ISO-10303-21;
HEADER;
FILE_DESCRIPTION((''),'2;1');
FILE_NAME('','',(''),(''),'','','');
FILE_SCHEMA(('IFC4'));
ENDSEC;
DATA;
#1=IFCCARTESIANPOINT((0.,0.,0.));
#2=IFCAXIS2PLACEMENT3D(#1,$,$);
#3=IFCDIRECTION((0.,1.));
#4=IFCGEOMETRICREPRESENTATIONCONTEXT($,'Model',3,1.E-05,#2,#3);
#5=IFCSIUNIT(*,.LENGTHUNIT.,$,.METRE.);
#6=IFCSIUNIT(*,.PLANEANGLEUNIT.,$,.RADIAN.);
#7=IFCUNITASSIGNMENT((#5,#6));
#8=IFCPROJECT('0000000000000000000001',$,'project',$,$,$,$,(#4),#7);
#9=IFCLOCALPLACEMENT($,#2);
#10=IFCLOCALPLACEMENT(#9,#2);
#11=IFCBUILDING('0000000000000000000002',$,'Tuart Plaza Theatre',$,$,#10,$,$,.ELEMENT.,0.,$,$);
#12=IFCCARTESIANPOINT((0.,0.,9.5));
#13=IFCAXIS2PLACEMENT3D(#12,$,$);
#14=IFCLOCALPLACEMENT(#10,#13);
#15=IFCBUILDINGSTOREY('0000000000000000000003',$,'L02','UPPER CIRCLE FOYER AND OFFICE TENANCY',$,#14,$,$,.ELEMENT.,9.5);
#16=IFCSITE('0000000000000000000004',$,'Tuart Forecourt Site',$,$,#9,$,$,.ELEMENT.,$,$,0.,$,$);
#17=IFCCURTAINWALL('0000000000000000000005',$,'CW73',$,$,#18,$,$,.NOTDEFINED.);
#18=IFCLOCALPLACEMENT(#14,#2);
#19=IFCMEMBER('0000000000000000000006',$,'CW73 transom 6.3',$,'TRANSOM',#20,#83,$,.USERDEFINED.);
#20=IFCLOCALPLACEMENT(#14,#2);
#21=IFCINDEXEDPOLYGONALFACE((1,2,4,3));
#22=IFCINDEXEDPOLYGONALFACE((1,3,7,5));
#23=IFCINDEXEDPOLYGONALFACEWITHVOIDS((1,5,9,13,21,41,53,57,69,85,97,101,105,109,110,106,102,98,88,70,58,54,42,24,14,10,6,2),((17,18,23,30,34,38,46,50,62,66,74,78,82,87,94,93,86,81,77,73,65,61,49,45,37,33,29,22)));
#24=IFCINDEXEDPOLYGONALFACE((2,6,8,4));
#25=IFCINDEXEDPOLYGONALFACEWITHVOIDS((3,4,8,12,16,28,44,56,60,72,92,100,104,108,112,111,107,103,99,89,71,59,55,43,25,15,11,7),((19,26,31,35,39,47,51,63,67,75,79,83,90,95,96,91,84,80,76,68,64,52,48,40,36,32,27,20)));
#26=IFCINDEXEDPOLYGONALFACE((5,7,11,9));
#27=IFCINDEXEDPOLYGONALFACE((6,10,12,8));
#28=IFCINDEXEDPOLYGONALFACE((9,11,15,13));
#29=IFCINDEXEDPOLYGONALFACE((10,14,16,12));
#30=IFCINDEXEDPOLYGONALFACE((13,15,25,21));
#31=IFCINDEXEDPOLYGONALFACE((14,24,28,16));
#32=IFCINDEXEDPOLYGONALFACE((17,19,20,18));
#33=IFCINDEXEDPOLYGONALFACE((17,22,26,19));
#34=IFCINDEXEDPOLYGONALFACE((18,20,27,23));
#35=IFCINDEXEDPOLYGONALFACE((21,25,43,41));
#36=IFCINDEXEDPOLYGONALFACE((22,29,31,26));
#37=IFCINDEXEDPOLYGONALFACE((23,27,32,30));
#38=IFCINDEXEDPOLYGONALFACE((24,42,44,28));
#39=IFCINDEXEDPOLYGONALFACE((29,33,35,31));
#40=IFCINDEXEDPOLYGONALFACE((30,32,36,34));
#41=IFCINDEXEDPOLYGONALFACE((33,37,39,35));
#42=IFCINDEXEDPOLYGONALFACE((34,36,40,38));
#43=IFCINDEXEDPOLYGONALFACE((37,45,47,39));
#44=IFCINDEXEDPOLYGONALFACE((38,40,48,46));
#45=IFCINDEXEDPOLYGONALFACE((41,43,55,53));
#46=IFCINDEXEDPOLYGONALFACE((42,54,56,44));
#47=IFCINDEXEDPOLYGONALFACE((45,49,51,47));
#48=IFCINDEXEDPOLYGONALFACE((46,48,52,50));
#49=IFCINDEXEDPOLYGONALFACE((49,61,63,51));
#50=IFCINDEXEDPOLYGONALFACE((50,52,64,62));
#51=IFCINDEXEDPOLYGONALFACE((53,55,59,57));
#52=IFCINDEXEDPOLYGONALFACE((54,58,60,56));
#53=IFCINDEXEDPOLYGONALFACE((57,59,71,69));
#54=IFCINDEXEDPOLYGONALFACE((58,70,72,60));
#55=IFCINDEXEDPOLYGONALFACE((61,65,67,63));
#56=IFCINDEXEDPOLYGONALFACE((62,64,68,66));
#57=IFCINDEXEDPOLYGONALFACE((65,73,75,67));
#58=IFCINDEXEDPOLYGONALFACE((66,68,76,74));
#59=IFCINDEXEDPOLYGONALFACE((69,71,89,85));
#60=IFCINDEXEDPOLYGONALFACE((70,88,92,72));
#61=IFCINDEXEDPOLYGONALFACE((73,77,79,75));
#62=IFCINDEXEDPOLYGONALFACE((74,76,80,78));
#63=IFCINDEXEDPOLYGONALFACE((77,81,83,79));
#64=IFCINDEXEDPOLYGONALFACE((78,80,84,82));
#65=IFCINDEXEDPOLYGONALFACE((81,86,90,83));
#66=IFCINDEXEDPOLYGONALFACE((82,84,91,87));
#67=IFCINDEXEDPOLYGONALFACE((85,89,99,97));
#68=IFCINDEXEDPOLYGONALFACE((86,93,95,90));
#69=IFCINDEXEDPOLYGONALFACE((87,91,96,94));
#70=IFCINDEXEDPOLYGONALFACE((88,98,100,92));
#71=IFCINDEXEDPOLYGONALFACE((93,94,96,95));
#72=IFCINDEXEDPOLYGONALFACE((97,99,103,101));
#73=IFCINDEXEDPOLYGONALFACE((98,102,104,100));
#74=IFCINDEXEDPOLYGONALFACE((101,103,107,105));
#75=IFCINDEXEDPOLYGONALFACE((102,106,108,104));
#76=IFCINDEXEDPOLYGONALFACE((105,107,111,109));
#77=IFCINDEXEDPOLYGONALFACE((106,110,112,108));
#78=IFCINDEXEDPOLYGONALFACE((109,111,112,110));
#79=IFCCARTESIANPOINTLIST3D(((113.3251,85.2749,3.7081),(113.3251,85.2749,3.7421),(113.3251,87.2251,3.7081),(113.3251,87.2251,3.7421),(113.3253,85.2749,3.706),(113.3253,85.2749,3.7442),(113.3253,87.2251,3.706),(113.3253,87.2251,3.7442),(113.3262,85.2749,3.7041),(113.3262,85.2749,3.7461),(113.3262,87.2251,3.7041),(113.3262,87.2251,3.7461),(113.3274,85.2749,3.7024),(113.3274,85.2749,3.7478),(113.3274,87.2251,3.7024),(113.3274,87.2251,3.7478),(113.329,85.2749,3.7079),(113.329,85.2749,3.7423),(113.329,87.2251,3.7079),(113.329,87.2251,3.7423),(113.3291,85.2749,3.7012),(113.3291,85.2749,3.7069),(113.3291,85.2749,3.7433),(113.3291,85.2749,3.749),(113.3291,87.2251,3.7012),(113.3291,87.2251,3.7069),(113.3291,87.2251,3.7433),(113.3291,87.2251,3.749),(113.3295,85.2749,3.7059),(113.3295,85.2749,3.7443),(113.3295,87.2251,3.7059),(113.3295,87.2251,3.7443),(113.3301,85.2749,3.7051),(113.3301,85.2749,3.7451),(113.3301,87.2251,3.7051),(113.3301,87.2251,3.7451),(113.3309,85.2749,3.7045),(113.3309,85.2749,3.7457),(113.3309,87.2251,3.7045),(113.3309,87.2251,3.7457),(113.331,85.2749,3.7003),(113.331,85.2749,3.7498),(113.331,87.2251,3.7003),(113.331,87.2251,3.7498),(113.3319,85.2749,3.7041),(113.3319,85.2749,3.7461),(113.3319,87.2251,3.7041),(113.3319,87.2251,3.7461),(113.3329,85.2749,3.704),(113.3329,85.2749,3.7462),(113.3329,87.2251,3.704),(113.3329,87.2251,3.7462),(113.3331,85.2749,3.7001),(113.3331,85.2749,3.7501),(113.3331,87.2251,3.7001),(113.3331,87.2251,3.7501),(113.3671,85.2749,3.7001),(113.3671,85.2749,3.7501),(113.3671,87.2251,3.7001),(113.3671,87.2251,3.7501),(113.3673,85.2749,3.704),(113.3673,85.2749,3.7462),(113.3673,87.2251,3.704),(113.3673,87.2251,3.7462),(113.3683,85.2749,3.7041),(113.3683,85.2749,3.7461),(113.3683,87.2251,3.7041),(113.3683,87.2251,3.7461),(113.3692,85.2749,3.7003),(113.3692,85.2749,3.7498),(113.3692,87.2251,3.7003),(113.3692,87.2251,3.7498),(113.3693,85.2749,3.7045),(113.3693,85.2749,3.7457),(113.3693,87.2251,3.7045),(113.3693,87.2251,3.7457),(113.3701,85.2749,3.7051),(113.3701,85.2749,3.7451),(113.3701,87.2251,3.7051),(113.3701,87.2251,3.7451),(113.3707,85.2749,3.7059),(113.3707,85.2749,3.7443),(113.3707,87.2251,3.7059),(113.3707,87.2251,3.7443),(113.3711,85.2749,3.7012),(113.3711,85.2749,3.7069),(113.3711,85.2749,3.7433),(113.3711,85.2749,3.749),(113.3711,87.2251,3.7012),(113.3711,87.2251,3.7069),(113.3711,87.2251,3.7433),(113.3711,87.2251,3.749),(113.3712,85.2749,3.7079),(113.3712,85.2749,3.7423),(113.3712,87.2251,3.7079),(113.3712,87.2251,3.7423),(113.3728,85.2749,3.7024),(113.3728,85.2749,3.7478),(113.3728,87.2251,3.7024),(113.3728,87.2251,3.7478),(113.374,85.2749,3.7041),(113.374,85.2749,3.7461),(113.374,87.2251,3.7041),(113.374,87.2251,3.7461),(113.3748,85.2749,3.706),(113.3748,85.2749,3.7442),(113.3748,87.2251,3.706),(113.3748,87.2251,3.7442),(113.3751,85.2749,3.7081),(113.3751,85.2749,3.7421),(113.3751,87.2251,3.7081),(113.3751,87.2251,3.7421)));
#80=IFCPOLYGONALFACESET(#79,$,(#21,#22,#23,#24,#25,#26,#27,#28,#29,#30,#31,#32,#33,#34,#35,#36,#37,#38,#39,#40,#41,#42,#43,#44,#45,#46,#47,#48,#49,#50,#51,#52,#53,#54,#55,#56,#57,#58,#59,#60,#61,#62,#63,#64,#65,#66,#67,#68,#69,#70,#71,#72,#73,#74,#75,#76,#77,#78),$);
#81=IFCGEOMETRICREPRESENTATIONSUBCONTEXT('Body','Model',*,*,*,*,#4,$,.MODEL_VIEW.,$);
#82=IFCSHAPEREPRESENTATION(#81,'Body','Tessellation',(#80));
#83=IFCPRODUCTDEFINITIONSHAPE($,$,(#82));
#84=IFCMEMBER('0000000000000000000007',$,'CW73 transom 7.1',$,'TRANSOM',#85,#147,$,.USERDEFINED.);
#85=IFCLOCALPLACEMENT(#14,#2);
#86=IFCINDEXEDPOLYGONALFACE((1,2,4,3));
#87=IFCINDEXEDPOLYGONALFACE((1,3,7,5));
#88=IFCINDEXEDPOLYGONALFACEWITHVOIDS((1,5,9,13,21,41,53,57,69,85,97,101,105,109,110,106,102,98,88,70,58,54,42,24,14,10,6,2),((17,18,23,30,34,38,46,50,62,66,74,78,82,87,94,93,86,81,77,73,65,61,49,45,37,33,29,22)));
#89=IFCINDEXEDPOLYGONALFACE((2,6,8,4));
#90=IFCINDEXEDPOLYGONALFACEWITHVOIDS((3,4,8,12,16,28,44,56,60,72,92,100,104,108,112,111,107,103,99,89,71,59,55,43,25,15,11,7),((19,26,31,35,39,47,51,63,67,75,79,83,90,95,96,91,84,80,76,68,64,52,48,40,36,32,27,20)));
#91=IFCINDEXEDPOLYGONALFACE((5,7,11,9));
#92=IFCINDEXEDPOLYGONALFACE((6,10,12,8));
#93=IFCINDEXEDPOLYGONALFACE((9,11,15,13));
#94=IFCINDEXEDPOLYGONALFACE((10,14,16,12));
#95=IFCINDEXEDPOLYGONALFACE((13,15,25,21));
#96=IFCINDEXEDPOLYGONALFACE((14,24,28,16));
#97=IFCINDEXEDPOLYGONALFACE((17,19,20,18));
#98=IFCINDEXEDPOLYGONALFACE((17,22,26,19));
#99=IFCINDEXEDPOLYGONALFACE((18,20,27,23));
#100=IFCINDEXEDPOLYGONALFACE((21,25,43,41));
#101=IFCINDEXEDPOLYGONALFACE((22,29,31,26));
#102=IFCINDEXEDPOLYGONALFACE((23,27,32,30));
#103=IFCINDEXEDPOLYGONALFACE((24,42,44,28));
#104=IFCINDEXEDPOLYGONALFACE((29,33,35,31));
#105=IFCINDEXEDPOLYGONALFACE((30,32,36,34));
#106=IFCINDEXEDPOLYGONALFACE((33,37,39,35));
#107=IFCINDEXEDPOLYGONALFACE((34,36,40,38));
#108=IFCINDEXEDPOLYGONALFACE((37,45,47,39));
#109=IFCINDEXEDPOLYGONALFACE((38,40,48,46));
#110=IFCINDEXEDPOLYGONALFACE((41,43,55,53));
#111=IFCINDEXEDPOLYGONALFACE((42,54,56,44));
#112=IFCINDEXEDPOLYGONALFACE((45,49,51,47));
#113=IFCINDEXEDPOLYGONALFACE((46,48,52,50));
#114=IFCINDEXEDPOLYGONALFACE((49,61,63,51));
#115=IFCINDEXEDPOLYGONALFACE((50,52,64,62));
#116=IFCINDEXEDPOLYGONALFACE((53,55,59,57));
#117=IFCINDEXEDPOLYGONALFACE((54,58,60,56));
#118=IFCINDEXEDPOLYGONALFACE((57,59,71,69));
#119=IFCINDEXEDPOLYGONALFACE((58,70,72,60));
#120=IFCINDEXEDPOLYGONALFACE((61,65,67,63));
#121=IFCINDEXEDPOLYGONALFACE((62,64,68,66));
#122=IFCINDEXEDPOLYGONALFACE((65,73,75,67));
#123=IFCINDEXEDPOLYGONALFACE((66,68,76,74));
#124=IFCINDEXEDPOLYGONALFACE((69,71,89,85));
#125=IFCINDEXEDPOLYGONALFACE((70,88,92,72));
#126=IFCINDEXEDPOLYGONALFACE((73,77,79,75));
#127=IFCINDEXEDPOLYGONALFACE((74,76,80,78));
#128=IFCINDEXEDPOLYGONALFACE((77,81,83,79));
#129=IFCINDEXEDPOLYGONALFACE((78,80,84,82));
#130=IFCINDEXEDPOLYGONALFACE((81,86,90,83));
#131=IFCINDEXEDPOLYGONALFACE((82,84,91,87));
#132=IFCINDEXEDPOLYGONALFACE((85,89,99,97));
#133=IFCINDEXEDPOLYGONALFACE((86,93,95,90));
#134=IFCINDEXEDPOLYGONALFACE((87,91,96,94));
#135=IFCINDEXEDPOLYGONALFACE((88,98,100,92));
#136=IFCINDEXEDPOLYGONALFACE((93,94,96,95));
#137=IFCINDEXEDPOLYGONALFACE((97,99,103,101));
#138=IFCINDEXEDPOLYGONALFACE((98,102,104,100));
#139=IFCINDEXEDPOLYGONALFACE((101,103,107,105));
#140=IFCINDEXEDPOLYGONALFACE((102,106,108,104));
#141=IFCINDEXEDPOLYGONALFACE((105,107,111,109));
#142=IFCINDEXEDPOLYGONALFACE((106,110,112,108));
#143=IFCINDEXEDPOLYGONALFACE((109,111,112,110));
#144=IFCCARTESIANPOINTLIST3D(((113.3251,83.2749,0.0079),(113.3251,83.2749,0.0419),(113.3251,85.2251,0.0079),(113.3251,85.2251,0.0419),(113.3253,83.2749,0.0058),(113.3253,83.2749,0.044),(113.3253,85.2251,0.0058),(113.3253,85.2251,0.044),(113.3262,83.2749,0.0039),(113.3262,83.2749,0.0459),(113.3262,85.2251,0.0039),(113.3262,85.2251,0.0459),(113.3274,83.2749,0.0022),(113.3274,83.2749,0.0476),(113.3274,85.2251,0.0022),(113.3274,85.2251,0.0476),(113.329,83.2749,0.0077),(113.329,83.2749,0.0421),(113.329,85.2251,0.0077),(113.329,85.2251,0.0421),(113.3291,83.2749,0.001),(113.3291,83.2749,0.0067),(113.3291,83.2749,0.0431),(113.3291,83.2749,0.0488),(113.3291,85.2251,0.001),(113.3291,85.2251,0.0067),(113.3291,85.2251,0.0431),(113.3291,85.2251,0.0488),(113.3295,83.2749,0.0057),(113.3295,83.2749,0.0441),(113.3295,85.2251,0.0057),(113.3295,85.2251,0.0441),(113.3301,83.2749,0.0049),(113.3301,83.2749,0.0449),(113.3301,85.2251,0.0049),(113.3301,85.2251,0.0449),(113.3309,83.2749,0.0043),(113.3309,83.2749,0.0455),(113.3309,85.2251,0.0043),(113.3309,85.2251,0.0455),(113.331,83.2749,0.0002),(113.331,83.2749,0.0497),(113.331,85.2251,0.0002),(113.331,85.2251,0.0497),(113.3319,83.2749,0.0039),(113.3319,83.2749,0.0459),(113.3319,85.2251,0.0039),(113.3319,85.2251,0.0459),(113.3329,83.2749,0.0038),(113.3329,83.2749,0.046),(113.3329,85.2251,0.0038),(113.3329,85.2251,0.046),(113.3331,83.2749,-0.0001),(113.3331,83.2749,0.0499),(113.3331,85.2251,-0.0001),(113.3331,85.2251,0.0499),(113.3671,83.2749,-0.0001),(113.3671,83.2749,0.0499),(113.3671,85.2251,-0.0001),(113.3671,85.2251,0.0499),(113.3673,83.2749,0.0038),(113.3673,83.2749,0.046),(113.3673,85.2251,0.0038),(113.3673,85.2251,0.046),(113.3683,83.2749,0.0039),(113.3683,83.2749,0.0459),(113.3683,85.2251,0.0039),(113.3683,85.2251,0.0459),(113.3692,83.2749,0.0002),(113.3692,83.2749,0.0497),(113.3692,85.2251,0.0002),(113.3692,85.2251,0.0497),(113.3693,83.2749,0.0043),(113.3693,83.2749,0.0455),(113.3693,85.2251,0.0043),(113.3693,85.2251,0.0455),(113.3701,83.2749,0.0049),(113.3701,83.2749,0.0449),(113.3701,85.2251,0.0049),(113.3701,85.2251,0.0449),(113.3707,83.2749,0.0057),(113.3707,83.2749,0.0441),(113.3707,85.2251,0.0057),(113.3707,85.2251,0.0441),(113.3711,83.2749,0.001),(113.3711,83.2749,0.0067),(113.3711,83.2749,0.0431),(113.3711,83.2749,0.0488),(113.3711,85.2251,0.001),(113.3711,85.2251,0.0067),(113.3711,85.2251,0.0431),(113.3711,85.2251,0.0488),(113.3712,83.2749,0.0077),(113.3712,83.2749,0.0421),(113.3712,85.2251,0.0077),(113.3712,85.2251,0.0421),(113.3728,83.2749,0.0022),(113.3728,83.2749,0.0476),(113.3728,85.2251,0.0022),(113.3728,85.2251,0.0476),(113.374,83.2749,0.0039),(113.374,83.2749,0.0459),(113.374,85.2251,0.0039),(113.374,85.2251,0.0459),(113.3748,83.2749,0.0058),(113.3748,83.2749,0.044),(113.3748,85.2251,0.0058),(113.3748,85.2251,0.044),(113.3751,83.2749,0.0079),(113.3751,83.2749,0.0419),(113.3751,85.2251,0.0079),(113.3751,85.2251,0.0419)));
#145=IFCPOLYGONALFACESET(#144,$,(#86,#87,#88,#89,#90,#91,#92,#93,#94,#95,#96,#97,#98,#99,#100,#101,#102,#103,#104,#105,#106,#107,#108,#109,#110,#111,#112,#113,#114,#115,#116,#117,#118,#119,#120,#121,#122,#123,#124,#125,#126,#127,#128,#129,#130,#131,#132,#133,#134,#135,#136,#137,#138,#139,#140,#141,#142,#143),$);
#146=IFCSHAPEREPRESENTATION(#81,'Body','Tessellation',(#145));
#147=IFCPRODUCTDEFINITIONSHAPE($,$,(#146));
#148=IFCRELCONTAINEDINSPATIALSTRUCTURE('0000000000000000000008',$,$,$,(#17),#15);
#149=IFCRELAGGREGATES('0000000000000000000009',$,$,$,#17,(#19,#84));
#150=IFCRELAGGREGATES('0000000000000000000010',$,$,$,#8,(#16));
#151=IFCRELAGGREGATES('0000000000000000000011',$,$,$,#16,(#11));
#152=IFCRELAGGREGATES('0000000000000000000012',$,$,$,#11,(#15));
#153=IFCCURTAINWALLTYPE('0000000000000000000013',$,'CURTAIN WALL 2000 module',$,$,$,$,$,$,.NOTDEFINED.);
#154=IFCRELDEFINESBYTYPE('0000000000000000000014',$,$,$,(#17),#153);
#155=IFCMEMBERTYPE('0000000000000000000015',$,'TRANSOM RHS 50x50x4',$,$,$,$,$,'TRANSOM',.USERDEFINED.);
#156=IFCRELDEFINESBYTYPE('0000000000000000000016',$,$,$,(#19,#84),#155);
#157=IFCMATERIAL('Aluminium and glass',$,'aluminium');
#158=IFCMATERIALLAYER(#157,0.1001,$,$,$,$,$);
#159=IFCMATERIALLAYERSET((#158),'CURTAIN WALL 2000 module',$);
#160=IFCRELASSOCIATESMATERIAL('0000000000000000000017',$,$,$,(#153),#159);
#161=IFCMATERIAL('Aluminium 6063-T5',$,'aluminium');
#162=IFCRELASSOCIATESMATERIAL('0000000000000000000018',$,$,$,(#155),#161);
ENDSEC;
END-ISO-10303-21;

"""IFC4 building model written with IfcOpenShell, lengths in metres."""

from ifc_helpers import new_model, si_unit, direction, frame, origin, origin_2d, place, context, subcontext, project, spatial, hollow_rectangle, extrude, material, layer, layer_set, material_profile, profile_set, type_object, element, aggregate, save


model = new_model("IFC4")

# Units and contexts
model_context = context("Model", 3, precision=1e-05, world=origin(), true_north=direction((0.0, 1.0)))
body_context = subcontext(model_context, "Body", "Model", "MODEL_VIEW")
ifc_project = project(units=[si_unit("LENGTHUNIT", "METRE"), si_unit("PLANEANGLEUNIT", "RADIAN")], contexts=[model_context])

# Site, building, storey
site_placement = place(None, origin())
site = spatial("IfcSite", under=ifc_project, at=site_placement, Name="Tuart Forecourt Site", CompositionType="ELEMENT", RefElevation=0.0)
building_placement = place(site_placement, origin())
building = spatial("IfcBuilding", under=site, at=building_placement, Name="Tuart Plaza Theatre", CompositionType="ELEMENT", ElevationOfRefHeight=0.0)
storey_placement = place(building_placement, frame((0.0, 0.0, 9.5)))
storey = spatial("IfcBuildingStorey", under=building, at=storey_placement, Name="L02", Description="UPPER CIRCLE FOYER AND OFFICE TENANCY", CompositionType="ELEMENT", Elevation=9.5)

# Curtain wall, members
ifc_material_1 = material(Name="Aluminium and glass", Category="aluminium")
ifc_layer_1 = layer(ifc_material_1, 0.1001)
ifc_layer_set_1 = layer_set([ifc_layer_1], Name="CURTAIN WALL 2000 module")
curtain_wall_type = type_object("IfcCurtainWallType", Name="CURTAIN WALL 2000 module", PredefinedType="NOTDEFINED", material=ifc_layer_set_1)
curtain_wall_placement = place(storey_placement, origin())
curtain_wall = element("IfcCurtainWall", 1, at=curtain_wall_placement, inside=storey, type_object=curtain_wall_type, Name="CW73", PredefinedType="NOTDEFINED")
ifc_material_2 = material(Name="Aluminium 6063-T5", Category="aluminium")
ifc_material_profile_1 = material_profile(ifc_material_2, hollow_rectangle(XDim=0.05, YDim=0.05, WallThickness=0.0039, InnerFilletRadius=0.0039, OuterFilletRadius=0.0081, at=origin_2d()), Name="RHS 50x50x4")
ifc_profile_set_1 = profile_set([ifc_material_profile_1], Name="Aluminium 6063-T5")
member_type_1 = type_object("IfcMemberType", Name="TRANSOM RHS 50x50x4", ElementType="TRANSOM", PredefinedType="USERDEFINED", material=ifc_profile_set_1)
member_1_placement = place(storey_placement, frame((113.3501, 87.2251, 3.7251), z_axis=(0.0, -1.0, 0.0), x_axis=(1.0, 0.0, 0.0)))
member_1 = element("IfcMember", 2, at=member_1_placement, type_object=member_type_1, Name="CW73 transom 6.3", ObjectType="TRANSOM", PredefinedType="USERDEFINED", context=body_context, shape_type="SweptSolid", body=[
    extrude(hollow_rectangle(XDim=0.05, YDim=0.05, WallThickness=0.0039, InnerFilletRadius=0.0039, OuterFilletRadius=0.0081, at=origin_2d()), origin(), (0.0, 0.0, 1.0), 1.9502),
])
member_2_placement = place(storey_placement, frame((113.3501, 85.2251, 0.0249), z_axis=(0.0, -1.0, 0.0), x_axis=(1.0, 0.0, 0.0)))
member_2 = element("IfcMember", 3, at=member_2_placement, type_object=member_type_1, Name="CW73 transom 7.1", ObjectType="TRANSOM", PredefinedType="USERDEFINED", context=body_context, shape_type="SweptSolid", body=[
    extrude(hollow_rectangle(XDim=0.05, YDim=0.05, WallThickness=0.0039, InnerFilletRadius=0.0039, OuterFilletRadius=0.0081, at=origin_2d()), origin(), (0.0, 0.0, 1.0), 1.9502),
])
aggregate(curtain_wall, [member_1, member_2])

save(model, "model.ifc")
